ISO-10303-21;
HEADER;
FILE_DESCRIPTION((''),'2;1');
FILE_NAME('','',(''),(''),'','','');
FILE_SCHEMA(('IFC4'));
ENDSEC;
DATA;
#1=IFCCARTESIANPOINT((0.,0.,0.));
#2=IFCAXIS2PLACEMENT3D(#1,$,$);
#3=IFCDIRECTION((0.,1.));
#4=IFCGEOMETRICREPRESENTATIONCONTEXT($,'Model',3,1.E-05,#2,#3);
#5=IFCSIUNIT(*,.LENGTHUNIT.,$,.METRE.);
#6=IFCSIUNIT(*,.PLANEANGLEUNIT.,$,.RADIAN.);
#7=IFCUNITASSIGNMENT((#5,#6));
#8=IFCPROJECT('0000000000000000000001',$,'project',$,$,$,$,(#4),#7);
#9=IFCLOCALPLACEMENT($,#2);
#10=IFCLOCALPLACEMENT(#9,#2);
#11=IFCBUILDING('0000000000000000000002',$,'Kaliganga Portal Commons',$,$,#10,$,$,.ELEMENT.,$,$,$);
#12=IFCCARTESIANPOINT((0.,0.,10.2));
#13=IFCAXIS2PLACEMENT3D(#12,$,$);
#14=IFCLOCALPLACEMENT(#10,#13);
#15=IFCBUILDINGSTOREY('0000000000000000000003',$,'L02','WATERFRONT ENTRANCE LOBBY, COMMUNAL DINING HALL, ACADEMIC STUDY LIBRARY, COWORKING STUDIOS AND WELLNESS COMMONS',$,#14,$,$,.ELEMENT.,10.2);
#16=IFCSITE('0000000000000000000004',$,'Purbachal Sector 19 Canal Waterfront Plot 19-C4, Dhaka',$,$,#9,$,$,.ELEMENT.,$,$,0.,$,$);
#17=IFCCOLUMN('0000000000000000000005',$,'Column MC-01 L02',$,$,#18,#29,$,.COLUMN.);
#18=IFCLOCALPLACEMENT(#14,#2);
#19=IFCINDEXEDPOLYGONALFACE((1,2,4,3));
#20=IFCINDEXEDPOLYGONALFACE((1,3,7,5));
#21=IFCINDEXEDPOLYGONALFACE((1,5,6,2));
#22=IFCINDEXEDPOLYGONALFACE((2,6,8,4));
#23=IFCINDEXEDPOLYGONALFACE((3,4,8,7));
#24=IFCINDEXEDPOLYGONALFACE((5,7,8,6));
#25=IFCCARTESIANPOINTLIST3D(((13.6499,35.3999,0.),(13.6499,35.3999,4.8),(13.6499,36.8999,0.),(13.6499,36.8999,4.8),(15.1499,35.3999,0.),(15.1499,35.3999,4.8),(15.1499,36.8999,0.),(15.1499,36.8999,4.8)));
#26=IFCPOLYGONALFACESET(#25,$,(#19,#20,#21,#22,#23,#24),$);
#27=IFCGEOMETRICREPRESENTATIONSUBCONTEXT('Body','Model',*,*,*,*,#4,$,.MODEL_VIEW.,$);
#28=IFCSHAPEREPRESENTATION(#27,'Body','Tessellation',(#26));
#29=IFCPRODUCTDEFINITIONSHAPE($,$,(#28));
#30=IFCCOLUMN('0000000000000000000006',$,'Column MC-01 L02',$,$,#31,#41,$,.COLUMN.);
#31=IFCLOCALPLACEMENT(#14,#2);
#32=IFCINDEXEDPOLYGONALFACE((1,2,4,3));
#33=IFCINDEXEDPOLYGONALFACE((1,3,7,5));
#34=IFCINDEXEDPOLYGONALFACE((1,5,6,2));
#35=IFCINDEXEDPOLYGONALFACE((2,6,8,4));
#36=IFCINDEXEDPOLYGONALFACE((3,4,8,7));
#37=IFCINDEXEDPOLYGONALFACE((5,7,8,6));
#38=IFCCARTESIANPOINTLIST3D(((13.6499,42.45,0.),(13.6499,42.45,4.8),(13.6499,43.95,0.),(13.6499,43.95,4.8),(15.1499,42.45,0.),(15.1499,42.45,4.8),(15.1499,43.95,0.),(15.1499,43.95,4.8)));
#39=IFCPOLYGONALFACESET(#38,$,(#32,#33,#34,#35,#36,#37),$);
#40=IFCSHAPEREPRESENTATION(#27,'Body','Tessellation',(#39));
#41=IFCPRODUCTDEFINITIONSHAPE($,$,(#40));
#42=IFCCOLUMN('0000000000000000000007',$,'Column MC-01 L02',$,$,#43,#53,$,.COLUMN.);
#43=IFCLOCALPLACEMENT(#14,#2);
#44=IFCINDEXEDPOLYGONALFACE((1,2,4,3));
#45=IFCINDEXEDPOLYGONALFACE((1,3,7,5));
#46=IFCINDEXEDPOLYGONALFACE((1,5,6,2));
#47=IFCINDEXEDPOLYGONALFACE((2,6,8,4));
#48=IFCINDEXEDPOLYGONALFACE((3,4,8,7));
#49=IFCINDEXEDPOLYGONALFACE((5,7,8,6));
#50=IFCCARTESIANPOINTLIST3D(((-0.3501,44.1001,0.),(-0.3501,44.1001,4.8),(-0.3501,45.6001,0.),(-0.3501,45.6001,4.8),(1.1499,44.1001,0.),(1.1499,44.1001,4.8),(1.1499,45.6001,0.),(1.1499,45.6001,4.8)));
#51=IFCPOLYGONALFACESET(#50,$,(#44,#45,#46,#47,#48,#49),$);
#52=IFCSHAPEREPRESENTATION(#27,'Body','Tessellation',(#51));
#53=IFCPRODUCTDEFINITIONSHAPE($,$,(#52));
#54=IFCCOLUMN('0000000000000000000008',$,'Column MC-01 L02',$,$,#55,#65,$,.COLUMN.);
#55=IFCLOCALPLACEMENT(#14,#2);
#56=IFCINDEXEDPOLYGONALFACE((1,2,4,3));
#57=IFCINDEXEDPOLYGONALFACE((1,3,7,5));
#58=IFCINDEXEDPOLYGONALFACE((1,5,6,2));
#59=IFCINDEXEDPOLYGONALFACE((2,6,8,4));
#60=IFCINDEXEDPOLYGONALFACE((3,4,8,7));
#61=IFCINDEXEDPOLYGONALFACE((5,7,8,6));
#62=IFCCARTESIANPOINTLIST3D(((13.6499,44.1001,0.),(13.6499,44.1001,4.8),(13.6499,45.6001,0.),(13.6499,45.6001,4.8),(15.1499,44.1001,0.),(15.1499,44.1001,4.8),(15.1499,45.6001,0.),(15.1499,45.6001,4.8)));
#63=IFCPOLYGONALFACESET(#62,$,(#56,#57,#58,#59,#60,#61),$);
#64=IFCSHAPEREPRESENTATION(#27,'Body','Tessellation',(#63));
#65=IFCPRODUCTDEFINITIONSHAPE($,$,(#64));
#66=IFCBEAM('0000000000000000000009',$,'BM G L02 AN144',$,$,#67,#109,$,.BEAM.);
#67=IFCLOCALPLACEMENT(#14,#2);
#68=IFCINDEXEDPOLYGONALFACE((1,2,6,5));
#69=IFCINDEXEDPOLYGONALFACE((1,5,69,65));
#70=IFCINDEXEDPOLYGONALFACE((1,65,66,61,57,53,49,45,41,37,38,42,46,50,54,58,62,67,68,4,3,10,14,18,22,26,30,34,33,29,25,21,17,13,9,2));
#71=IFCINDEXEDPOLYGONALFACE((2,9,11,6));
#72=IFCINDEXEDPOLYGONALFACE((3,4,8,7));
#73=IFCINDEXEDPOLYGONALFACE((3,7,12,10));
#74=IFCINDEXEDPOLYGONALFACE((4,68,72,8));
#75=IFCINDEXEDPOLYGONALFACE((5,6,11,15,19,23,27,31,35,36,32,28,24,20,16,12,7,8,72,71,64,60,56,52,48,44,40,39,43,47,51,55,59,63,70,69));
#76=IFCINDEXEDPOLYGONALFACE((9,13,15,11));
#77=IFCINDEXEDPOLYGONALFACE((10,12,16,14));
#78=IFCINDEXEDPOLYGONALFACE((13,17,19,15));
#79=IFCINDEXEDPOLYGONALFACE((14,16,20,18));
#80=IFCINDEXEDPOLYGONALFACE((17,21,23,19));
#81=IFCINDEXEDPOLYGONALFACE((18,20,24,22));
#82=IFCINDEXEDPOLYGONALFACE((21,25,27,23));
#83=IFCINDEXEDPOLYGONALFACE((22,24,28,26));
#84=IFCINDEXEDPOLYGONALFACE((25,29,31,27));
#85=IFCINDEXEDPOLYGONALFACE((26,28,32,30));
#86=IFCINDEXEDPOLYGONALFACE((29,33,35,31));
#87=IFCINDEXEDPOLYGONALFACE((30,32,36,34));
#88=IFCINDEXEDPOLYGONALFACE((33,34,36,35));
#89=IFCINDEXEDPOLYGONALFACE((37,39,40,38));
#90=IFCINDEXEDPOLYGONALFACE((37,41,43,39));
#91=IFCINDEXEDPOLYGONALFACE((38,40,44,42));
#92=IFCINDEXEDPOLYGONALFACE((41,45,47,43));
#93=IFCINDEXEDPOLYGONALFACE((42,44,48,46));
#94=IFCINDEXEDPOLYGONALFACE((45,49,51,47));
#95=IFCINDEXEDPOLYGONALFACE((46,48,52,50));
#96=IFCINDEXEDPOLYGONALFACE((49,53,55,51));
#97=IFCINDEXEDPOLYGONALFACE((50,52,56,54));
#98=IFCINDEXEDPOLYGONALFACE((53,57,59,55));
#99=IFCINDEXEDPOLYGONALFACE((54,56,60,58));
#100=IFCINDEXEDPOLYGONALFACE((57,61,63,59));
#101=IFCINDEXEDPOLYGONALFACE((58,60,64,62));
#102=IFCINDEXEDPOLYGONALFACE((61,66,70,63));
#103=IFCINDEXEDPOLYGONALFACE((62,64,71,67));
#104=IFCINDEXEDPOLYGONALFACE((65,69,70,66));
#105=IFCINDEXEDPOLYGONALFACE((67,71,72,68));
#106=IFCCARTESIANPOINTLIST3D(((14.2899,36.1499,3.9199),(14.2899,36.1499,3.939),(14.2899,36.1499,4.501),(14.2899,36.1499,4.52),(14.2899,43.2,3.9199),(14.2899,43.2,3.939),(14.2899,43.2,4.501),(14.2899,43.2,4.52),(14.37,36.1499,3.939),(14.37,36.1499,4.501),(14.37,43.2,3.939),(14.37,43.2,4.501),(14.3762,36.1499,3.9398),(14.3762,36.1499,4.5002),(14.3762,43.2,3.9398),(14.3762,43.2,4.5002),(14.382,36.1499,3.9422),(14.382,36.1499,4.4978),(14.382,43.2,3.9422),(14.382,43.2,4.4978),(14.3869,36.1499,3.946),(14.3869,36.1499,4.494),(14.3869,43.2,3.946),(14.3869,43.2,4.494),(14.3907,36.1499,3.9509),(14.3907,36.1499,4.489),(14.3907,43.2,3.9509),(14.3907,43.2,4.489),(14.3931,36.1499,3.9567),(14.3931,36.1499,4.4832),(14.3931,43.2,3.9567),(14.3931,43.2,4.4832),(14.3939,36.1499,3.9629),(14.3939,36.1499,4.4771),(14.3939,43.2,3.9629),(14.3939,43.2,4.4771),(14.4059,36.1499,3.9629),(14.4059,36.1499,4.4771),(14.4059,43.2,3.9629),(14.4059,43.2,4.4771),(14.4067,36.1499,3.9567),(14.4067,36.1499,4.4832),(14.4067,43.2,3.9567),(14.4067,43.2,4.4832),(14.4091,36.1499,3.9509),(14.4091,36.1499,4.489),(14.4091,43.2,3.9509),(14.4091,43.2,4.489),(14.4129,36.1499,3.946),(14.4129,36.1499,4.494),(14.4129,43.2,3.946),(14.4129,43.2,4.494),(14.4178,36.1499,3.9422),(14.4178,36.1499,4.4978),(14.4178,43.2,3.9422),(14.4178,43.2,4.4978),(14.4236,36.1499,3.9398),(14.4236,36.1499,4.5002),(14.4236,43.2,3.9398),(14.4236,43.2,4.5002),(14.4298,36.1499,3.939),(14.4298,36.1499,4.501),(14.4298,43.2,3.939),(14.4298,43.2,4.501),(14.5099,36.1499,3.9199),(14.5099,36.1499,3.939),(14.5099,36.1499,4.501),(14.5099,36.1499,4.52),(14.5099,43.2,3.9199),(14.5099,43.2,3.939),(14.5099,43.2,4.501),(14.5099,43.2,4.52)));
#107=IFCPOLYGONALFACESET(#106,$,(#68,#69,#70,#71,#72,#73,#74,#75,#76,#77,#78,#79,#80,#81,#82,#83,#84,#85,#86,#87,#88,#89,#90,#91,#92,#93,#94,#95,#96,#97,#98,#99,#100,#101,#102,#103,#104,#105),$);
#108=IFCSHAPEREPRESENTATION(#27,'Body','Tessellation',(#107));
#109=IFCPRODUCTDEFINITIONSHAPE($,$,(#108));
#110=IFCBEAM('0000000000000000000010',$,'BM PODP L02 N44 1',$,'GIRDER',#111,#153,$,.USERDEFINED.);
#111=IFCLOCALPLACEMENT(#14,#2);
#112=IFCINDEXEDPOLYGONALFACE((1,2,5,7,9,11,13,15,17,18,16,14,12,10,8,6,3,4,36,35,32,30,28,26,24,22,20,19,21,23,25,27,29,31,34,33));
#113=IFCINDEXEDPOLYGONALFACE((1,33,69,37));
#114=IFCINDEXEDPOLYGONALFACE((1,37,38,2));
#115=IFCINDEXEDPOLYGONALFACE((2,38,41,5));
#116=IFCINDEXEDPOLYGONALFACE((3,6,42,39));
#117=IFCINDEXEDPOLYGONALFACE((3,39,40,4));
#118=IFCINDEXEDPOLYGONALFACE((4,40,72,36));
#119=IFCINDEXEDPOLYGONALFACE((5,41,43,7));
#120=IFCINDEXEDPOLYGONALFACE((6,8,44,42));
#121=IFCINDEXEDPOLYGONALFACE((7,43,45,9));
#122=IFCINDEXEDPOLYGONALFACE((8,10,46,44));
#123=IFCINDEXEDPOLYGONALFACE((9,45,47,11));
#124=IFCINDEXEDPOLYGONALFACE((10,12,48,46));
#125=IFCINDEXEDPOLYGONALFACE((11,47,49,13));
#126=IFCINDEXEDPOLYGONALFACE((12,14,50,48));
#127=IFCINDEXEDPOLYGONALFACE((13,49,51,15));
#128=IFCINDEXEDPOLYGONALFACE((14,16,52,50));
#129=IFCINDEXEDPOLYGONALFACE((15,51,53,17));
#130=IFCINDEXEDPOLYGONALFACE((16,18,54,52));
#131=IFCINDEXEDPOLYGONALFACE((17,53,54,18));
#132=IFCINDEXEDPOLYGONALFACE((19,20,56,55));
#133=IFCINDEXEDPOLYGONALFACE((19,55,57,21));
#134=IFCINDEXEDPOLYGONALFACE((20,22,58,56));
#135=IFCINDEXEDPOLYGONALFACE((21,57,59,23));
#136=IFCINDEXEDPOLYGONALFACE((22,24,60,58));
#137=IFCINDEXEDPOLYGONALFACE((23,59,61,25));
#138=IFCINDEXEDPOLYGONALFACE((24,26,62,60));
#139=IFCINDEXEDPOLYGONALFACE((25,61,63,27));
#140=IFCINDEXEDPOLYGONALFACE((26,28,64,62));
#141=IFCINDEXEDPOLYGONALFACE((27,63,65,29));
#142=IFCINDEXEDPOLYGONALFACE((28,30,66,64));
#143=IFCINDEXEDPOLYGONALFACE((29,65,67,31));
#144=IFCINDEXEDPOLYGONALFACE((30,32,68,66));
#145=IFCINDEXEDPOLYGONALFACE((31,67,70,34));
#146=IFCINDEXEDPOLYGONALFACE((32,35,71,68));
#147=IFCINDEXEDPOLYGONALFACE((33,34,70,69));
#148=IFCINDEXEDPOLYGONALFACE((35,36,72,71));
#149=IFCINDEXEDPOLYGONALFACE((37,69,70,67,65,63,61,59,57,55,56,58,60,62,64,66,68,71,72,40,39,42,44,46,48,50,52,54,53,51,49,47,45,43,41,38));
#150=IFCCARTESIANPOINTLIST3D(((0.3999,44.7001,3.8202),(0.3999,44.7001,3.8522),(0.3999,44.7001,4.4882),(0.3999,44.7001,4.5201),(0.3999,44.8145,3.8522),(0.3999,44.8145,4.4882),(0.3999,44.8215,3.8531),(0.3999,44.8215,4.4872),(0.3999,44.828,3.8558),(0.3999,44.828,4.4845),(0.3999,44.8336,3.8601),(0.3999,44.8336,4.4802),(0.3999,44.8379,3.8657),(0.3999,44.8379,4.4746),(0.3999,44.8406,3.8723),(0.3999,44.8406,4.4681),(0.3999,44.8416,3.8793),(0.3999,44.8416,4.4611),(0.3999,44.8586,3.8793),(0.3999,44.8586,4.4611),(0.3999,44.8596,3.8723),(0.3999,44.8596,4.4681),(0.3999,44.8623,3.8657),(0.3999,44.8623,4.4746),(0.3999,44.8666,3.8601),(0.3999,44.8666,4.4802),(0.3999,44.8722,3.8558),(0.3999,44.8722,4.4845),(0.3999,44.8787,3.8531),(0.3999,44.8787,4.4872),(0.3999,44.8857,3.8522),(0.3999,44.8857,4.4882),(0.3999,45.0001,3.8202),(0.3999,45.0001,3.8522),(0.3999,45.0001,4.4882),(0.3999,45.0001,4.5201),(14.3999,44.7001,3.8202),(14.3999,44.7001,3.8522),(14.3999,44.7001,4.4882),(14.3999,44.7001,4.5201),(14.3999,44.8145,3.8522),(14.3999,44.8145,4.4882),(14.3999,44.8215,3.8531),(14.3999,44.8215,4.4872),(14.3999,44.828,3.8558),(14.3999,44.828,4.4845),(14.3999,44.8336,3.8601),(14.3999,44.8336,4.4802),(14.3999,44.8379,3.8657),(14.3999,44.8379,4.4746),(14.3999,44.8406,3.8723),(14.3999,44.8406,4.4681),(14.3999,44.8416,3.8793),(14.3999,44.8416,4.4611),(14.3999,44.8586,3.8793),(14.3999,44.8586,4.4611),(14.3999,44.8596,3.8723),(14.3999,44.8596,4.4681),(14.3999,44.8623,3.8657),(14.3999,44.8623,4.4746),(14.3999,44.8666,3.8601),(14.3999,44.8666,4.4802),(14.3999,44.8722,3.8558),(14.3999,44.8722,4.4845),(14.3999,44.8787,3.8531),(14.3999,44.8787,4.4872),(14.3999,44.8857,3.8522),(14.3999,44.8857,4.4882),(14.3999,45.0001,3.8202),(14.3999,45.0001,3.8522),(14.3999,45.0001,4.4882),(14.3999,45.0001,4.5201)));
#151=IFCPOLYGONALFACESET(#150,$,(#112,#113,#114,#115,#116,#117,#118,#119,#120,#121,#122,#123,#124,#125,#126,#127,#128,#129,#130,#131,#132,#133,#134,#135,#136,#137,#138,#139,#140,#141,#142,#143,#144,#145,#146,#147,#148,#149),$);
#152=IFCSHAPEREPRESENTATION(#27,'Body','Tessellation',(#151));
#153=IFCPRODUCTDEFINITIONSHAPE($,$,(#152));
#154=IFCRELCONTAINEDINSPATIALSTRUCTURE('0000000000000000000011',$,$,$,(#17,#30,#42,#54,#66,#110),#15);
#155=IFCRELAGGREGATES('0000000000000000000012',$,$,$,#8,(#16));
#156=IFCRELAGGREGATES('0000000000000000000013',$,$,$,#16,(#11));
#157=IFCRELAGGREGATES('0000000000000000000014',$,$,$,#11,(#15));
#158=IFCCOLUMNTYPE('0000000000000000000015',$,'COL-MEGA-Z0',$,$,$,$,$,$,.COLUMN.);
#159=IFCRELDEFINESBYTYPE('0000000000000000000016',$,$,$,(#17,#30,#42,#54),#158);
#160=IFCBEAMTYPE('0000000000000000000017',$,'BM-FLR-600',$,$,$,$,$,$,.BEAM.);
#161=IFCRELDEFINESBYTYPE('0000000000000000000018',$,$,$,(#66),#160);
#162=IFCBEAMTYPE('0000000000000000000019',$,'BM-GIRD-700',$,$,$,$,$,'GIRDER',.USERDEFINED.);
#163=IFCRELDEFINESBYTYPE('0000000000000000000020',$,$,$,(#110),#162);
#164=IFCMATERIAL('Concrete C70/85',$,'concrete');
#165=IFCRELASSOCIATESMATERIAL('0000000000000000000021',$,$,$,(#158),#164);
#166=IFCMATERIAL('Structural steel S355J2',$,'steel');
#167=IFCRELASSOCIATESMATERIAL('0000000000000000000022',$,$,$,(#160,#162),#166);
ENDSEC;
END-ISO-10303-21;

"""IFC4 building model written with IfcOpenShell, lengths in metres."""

from ifc_helpers import new_model, si_unit, direction, frame, origin, origin_2d, place, context, subcontext, project, spatial, rectangle, i_section, extrude, source, transform, mapped, material, material_profile, profile_set, type_object, element, save


model = new_model("IFC4")

# Units and contexts
model_context = context("Model", 3, precision=1e-05, world=origin(), true_north=direction((0.0, 1.0)))
body_context = subcontext(model_context, "Body", "Model", "MODEL_VIEW")
ifc_project = project(units=[si_unit("LENGTHUNIT", "METRE"), si_unit("PLANEANGLEUNIT", "RADIAN")], contexts=[model_context])

# Site, building, storey
site_placement = place(None, origin())
site = spatial("IfcSite", under=ifc_project, at=site_placement, Name="Purbachal Sector 19 Canal Waterfront Plot 19-C4, Dhaka", CompositionType="ELEMENT", RefElevation=0.0)
building_placement = place(site_placement, origin())
building = spatial("IfcBuilding", under=site, at=building_placement, Name="Kaliganga Portal Commons", CompositionType="ELEMENT")
storey_placement = place(building_placement, frame((0.0, 0.0, 10.2)))
storey = spatial("IfcBuildingStorey", under=building, at=storey_placement, Name="L02", Description="WATERFRONT ENTRANCE LOBBY, COMMUNAL DINING HALL, ACADEMIC STUDY LIBRARY, COWORKING STUDIOS AND WELLNESS COMMONS", CompositionType="ELEMENT", Elevation=10.2)

# Columns
ifc_material_1 = material(Name="Concrete C70/85", Category="concrete")
ifc_material_profile_1 = material_profile(ifc_material_1, rectangle(XDim=1.5, YDim=1.5, at=origin_2d()), Name="RC 1500x1500")
ifc_profile_set_1 = profile_set([ifc_material_profile_1], Name="Concrete C70/85")
column_type = type_object("IfcColumnType", Name="COL-MEGA-Z0", PredefinedType="COLUMN", material=ifc_profile_set_1)
shared_shape_1 = source(origin(), body_context, "Body", "SweptSolid", [
    extrude(rectangle(XDim=1.5, YDim=1.5, at=origin_2d()), origin(), (0.0, 0.0, 1.0), 4.8),
])
for number, where, z_axis, x_axis, name in (
    (1, (14.3999, 36.1499, 0.0), (0.0, 0.0, 1.0), (1.0, 0.0, 0.0), "Column MC-01 L02"),
    (2, (14.3999, 43.2, 0.0), (0.0, 0.0, 1.0), (1.0, 0.0, 0.0), "Column MC-01 L02"),
    (3, (0.3999, 44.8501, 0.0), (0.0, 0.0, 1.0), (1.0, 0.0, 0.0), "Column MC-01 L02"),
    (4, (14.3999, 44.8501, 0.0), (0.0, 0.0, 1.0), (1.0, 0.0, 0.0), "Column MC-01 L02"),
):
    element("IfcColumn", number, at=place(storey_placement, frame(where, z_axis=z_axis, x_axis=x_axis)), inside=storey, type_object=column_type, Name=name, PredefinedType="COLUMN", context=body_context, shape_type="MappedRepresentation", body=[
        mapped(shared_shape_1, transform((0.0, 0.0, 0.0), x_axis=(1.0, 0.0, 0.0), y_axis=(0.0, 1.0, 0.0), z_axis=(0.0, 0.0, 1.0), scale=1.0)),
    ])

# Beams
ifc_material_2 = material(Name="Structural steel S355J2", Category="steel")
ifc_material_profile_2 = material_profile(ifc_material_2, i_section(OverallWidth=0.22, OverallDepth=0.6001, WebThickness=0.012, FlangeThickness=0.019, FilletRadius=0.0239, at=origin_2d()), Name="IPE 600")
ifc_profile_set_2 = profile_set([ifc_material_profile_2], Name="Structural steel S355J2 wide-flange")
beam_type_1 = type_object("IfcBeamType", Name="BM-FLR-600", PredefinedType="BEAM", material=ifc_profile_set_2)
shared_shape_2 = source(origin(), body_context, "Body", "SweptSolid", [
    extrude(i_section(OverallWidth=0.22, OverallDepth=0.6001, WebThickness=0.012, FlangeThickness=0.019, FilletRadius=0.0239, at=origin_2d()), origin(), (0.0, 0.0, 1.0), 7.05),
])
beam_1_placement = place(storey_placement, frame((14.3999, 36.1499, 4.22), z_axis=(0.0, 1.0, 0.0), x_axis=(-1.0, 0.0, 0.0)))
element("IfcBeam", 5, at=beam_1_placement, inside=storey, type_object=beam_type_1, Name="BM G L02 AN144", PredefinedType="BEAM", context=body_context, shape_type="MappedRepresentation", body=[
    mapped(shared_shape_2, transform((0.0, 0.0, 0.0), x_axis=(1.0, 0.0, 0.0), y_axis=(0.0, 1.0, 0.0), z_axis=(0.0, 0.0, 1.0), scale=1.0)),
])
ifc_material_profile_3 = material_profile(ifc_material_2, i_section(OverallWidth=0.3, OverallDepth=0.7, WebThickness=0.0171, FlangeThickness=0.032, FilletRadius=0.0271, at=origin_2d()), Name="HE 700 B")
ifc_profile_set_3 = profile_set([ifc_material_profile_3], Name="Structural steel S355J2 wide-flange")
beam_type_2 = type_object("IfcBeamType", Name="BM-GIRD-700", ElementType="GIRDER", PredefinedType="USERDEFINED", material=ifc_profile_set_3)
shared_shape_3 = source(origin(), body_context, "Body", "SweptSolid", [
    extrude(i_section(OverallWidth=0.3, OverallDepth=0.7, WebThickness=0.0171, FlangeThickness=0.032, FilletRadius=0.0271, at=origin_2d()), origin(), (0.0, 0.0, 1.0), 14.0),
])
beam_2_placement = place(storey_placement, frame((0.3999, 44.8501, 4.1702), z_axis=(1.0, 0.0, 0.0), x_axis=(0.0, 1.0, 0.0)))
element("IfcBeam", 6, at=beam_2_placement, inside=storey, type_object=beam_type_2, Name="BM PODP L02 N44 1", ObjectType="GIRDER", PredefinedType="USERDEFINED", context=body_context, shape_type="MappedRepresentation", body=[
    mapped(shared_shape_3, transform((0.0, 0.0, 0.0), x_axis=(1.0, 0.0, 0.0), y_axis=(0.0, 1.0, 0.0), z_axis=(0.0, 0.0, 1.0), scale=1.0)),
])

save(model, "model.ifc")
